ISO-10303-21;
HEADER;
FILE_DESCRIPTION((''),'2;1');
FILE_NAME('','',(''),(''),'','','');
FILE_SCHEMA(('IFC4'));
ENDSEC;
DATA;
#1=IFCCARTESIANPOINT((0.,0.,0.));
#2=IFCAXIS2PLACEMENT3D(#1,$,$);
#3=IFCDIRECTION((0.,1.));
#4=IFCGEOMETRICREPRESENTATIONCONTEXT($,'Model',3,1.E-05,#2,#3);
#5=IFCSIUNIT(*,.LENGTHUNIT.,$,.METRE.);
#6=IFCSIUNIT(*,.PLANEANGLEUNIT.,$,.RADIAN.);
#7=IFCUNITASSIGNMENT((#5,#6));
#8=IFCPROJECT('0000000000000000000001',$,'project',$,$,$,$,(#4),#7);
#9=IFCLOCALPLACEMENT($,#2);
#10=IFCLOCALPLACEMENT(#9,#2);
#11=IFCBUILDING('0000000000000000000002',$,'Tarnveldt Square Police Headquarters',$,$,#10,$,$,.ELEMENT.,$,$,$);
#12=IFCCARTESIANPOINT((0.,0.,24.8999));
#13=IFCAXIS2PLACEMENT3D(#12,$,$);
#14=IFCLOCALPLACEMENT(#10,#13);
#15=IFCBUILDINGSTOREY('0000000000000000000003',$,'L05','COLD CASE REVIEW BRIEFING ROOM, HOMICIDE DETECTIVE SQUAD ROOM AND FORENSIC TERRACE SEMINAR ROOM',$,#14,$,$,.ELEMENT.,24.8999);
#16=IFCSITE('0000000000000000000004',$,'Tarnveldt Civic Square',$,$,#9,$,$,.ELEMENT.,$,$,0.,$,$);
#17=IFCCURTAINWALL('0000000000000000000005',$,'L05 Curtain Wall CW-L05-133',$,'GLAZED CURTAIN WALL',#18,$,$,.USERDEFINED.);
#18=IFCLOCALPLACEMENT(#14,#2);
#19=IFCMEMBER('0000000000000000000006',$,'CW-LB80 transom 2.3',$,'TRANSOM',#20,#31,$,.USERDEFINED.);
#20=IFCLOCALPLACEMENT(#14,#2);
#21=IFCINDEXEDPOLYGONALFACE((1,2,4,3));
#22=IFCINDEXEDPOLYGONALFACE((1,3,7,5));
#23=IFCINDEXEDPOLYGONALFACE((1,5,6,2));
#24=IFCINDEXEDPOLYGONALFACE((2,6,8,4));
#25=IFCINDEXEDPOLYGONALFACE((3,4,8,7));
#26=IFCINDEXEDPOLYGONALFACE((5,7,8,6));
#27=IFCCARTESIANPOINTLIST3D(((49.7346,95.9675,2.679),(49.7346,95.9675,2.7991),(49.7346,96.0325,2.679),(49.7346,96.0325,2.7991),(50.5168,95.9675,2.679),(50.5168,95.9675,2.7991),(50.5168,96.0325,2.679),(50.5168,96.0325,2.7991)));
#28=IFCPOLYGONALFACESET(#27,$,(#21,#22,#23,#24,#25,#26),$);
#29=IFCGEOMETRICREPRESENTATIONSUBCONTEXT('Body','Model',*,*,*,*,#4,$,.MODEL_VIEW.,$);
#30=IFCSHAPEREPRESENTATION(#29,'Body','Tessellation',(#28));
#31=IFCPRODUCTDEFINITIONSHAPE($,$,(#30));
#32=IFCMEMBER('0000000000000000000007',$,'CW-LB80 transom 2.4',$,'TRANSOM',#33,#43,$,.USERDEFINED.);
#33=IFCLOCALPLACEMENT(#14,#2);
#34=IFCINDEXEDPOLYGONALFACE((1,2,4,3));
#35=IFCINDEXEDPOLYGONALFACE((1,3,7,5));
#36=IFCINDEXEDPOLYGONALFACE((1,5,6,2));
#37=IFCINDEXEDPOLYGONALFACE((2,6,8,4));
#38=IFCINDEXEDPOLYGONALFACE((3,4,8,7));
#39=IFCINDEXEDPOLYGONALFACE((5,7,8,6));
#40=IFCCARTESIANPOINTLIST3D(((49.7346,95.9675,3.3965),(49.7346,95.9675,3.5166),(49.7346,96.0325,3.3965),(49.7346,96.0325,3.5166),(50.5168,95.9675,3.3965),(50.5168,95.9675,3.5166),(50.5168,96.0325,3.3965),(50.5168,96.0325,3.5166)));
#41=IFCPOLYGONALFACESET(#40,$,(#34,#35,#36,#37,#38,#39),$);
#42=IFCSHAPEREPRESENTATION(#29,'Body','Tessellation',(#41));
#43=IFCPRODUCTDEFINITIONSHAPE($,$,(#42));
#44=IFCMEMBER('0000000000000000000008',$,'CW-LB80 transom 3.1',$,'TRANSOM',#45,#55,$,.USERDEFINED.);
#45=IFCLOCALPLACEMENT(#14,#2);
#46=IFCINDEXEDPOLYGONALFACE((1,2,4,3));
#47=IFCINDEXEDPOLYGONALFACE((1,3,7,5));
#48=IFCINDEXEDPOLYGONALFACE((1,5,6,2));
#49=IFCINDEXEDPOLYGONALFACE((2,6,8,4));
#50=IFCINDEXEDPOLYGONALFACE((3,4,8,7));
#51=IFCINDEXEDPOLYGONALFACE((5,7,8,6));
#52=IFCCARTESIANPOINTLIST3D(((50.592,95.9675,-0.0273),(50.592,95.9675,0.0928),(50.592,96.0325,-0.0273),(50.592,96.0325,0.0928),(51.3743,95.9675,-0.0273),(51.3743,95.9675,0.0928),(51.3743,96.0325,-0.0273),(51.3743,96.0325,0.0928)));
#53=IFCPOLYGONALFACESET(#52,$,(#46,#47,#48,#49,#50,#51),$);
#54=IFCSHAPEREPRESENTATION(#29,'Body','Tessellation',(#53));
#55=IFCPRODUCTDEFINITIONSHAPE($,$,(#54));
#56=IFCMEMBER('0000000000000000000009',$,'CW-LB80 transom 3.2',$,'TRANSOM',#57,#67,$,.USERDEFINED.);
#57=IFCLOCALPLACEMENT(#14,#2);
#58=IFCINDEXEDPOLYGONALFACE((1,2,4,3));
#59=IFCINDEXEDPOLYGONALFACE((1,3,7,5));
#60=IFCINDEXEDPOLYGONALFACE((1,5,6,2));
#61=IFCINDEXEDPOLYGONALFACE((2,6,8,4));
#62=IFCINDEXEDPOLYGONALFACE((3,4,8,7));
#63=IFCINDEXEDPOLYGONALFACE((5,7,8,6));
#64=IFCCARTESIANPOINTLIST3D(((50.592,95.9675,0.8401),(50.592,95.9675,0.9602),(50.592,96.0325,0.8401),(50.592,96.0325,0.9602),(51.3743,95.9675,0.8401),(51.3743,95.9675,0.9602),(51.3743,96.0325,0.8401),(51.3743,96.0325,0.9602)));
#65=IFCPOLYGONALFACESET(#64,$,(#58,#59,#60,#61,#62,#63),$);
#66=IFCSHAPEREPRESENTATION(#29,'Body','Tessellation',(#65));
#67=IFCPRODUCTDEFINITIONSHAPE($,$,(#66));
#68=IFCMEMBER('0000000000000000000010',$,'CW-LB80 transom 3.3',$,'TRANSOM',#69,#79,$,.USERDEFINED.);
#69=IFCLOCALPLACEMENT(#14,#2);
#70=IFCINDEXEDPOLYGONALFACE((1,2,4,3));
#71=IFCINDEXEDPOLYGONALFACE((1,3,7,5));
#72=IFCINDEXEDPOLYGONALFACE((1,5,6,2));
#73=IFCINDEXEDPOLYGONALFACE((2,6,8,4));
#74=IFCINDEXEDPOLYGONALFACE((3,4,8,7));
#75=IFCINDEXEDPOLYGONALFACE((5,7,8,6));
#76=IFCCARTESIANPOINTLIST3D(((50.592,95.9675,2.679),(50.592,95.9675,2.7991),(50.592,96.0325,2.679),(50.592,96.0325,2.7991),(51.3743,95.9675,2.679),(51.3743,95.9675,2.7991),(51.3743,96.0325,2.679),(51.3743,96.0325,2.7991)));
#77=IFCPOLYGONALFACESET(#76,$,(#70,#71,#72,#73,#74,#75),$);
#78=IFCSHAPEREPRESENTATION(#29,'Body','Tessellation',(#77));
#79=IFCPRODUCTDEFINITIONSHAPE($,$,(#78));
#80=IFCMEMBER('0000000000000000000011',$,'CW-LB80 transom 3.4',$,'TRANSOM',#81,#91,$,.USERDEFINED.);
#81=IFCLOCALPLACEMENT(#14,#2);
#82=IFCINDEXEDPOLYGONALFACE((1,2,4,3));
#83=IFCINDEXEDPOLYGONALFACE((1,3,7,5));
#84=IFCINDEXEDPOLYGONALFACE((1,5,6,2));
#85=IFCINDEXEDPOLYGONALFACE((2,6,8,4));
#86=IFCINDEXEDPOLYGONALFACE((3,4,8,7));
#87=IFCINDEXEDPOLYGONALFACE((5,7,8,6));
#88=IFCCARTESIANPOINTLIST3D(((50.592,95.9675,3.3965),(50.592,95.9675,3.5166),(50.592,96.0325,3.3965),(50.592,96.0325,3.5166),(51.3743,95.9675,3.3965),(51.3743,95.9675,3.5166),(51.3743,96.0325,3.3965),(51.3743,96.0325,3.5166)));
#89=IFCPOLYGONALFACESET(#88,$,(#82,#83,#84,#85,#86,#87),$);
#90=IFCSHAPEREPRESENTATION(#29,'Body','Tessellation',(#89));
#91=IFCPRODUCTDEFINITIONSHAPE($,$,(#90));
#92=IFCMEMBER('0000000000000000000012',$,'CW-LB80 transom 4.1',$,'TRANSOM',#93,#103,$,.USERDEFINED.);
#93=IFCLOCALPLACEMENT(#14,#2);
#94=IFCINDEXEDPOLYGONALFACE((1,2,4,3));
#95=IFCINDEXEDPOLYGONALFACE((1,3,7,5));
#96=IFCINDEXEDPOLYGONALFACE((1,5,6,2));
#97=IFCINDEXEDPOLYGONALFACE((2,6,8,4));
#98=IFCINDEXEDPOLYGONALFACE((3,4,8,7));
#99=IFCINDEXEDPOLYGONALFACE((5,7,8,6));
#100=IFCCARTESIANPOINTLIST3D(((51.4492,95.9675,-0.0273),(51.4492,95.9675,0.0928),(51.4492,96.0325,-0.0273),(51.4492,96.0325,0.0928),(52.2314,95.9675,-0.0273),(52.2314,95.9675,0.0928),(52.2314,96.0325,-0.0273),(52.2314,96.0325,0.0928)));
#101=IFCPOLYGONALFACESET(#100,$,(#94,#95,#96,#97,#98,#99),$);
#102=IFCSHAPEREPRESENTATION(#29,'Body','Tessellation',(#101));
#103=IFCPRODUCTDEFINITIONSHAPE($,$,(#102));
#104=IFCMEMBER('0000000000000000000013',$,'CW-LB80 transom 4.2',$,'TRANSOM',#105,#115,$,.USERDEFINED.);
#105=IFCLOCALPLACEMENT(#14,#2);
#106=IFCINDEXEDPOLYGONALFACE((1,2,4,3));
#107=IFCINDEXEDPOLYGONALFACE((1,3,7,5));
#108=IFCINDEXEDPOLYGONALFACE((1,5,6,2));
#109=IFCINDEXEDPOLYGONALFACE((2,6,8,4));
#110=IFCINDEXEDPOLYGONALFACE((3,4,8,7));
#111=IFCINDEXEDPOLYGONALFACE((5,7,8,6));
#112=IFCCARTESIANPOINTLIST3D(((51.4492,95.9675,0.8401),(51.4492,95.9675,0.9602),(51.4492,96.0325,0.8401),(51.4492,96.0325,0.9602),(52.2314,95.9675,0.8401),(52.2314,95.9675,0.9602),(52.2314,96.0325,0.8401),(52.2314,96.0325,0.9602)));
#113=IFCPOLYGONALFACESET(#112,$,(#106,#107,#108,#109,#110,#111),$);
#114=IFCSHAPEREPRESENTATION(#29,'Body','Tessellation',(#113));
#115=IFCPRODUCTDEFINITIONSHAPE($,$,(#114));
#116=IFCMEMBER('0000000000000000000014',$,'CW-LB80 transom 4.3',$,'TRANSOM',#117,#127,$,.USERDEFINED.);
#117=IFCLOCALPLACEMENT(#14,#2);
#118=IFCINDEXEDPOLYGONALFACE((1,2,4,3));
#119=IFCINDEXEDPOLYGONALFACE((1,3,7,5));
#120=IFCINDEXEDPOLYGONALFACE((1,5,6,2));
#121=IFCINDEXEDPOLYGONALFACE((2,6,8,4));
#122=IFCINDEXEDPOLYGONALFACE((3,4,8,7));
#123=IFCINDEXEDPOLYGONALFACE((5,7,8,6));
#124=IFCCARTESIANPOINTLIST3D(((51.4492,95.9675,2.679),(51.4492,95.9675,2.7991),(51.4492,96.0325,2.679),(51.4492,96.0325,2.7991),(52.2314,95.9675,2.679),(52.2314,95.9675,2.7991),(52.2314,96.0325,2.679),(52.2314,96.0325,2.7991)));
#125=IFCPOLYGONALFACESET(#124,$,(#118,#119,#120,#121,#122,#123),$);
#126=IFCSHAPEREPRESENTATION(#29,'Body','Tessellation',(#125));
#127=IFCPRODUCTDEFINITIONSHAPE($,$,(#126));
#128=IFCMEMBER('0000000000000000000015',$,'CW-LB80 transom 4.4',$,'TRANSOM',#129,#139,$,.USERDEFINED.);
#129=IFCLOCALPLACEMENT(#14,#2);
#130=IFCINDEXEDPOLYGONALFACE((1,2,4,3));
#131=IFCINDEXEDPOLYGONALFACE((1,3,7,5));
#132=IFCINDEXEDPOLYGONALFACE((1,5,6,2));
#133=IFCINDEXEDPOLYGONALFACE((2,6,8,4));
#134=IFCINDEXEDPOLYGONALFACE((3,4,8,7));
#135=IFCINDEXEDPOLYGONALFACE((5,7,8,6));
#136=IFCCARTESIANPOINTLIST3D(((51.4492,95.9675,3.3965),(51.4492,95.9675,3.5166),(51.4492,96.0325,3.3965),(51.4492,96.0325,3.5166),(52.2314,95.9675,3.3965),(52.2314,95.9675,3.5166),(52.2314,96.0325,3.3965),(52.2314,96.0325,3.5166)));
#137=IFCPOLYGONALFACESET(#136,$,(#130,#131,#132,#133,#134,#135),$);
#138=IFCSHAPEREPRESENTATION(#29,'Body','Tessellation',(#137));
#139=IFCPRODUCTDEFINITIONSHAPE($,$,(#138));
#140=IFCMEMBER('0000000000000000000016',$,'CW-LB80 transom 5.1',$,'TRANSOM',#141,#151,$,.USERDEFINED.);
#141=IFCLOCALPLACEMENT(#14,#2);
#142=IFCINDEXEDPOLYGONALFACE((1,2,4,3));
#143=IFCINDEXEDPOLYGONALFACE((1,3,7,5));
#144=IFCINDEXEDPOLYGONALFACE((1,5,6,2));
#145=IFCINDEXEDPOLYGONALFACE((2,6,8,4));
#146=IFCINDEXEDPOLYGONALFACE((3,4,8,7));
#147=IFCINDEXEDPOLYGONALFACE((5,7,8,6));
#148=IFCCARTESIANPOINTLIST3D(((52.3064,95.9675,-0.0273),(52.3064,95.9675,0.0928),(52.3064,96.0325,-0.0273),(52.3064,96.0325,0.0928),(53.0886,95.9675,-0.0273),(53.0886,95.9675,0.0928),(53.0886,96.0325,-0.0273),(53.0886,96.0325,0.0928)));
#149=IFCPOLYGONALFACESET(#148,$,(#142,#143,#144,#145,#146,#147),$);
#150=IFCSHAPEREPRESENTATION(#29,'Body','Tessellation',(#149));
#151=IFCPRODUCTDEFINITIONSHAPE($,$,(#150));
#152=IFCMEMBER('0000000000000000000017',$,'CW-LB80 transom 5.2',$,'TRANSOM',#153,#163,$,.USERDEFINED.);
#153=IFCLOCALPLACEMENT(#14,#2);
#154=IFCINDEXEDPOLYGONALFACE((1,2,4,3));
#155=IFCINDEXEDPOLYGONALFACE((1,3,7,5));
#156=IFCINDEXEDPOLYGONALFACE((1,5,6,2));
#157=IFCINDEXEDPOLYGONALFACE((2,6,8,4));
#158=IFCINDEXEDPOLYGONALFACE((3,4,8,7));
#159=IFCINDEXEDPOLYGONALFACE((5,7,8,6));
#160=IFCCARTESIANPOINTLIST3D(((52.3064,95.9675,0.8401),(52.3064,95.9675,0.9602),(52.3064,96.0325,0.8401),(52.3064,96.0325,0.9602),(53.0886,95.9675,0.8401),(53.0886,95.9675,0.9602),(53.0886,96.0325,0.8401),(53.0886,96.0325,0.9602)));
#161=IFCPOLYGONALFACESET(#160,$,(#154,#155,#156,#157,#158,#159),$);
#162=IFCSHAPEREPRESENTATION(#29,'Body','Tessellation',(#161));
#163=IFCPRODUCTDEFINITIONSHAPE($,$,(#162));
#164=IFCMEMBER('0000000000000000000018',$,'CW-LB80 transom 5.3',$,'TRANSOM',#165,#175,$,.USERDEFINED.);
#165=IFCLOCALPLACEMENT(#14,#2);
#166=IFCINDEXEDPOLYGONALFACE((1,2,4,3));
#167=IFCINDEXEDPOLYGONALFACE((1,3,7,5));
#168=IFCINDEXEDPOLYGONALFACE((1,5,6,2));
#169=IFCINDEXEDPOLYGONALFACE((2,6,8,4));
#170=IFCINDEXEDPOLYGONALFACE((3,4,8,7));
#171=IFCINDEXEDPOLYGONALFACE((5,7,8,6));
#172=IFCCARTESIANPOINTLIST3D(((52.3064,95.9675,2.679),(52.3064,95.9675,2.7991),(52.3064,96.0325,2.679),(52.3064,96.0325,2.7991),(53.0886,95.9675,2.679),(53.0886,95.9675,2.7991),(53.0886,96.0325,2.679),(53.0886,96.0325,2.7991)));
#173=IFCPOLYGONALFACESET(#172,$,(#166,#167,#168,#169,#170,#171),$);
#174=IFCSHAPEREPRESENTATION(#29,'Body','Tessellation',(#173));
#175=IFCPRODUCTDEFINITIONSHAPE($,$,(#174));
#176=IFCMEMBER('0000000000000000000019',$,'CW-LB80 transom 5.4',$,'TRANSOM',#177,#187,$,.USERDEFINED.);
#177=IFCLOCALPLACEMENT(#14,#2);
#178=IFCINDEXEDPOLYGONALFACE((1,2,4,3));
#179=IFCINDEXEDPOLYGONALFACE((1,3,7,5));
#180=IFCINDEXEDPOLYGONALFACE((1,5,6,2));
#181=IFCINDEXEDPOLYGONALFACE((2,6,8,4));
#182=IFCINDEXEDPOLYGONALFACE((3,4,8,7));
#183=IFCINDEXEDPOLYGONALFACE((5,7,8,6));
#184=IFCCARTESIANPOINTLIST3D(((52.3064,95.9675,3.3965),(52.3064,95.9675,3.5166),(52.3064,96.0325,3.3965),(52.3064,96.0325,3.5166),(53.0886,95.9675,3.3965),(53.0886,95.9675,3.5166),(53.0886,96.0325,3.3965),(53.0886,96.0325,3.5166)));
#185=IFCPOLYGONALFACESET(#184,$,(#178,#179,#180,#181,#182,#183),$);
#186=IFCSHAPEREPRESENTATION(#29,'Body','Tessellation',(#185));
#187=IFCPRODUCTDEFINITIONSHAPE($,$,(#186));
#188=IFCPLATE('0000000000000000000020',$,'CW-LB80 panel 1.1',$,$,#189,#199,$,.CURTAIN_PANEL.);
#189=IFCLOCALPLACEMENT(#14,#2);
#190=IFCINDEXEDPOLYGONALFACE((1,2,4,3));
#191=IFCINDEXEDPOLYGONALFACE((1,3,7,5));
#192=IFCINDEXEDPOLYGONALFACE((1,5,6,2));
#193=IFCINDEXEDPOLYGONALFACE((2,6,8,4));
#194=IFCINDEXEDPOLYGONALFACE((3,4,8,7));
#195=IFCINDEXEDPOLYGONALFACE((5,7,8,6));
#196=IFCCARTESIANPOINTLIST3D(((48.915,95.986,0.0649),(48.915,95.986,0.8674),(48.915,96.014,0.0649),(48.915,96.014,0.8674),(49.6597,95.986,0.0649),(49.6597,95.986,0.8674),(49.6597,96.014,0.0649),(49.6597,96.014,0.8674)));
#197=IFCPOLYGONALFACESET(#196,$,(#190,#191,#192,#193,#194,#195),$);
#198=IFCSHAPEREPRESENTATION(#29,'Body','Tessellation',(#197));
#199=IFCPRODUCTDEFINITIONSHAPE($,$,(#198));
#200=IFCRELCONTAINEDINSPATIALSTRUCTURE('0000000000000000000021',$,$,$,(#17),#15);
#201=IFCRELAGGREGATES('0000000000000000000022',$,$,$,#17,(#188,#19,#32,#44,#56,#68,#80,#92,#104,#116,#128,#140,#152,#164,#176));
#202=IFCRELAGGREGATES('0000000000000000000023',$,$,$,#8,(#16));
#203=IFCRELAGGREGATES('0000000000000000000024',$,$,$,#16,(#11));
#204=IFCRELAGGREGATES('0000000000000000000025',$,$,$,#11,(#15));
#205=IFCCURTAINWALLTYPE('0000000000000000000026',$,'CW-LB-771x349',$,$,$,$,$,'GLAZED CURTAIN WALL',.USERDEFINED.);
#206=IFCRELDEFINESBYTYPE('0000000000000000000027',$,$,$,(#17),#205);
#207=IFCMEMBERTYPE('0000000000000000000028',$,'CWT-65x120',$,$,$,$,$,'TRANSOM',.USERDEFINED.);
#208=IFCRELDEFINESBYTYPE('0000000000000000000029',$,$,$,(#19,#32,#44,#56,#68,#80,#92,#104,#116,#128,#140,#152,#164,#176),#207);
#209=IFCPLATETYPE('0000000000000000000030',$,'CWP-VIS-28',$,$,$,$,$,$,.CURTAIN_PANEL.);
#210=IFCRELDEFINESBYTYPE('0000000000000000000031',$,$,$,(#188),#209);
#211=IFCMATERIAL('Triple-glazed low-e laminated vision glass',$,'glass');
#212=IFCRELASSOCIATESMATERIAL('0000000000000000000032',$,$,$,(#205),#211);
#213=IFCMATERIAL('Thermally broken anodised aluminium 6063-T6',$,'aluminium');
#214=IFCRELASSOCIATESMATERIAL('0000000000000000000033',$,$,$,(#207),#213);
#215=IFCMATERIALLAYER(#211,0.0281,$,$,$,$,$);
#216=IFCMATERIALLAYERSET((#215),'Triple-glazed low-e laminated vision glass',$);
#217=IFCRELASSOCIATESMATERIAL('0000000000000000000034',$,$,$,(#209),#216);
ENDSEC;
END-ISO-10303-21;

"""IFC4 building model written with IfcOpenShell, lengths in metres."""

from ifc_helpers import new_model, si_unit, direction, frame, origin, origin_2d, place, context, subcontext, project, spatial, rectangle, extrude, material, layer, layer_set, material_profile, profile_set, type_object, element, aggregate, save


model = new_model("IFC4")

# Units and contexts
model_context = context("Model", 3, precision=1e-05, world=origin(), true_north=direction((0.0, 1.0)))
body_context = subcontext(model_context, "Body", "Model", "MODEL_VIEW")
ifc_project = project(units=[si_unit("LENGTHUNIT", "METRE"), si_unit("PLANEANGLEUNIT", "RADIAN")], contexts=[model_context])

# Site, building, storey
site_placement = place(None, origin())
site = spatial("IfcSite", under=ifc_project, at=site_placement, Name="Tarnveldt Civic Square", CompositionType="ELEMENT", RefElevation=0.0)
building_placement = place(site_placement, origin())
building = spatial("IfcBuilding", under=site, at=building_placement, Name="Tarnveldt Square Police Headquarters", CompositionType="ELEMENT")
storey_placement = place(building_placement, frame((0.0, 0.0, 24.8999)))
storey = spatial("IfcBuildingStorey", under=building, at=storey_placement, Name="L05", Description="COLD CASE REVIEW BRIEFING ROOM, HOMICIDE DETECTIVE SQUAD ROOM AND FORENSIC TERRACE SEMINAR ROOM", CompositionType="ELEMENT", Elevation=24.8999)

# Curtain wall, members, plate
ifc_material_1 = material(Name="Triple-glazed low-e laminated vision glass", Category="glass")
curtain_wall_type = type_object("IfcCurtainWallType", Name="CW-LB-771x349", ElementType="GLAZED CURTAIN WALL", PredefinedType="USERDEFINED", material=ifc_material_1)
curtain_wall_placement = place(storey_placement, origin())
curtain_wall = element("IfcCurtainWall", 1, at=curtain_wall_placement, inside=storey, type_object=curtain_wall_type, Name="L05 Curtain Wall CW-L05-133", ObjectType="GLAZED CURTAIN WALL", PredefinedType="USERDEFINED")
ifc_material_2 = material(Name="Thermally broken anodised aluminium 6063-T6", Category="aluminium")
ifc_material_profile_1 = material_profile(ifc_material_2, rectangle(XDim=0.0649, YDim=0.1201, at=origin_2d()), Name="CW-T65x120")
ifc_profile_set_1 = profile_set([ifc_material_profile_1], Name="Thermally broken anodised aluminium 6063-T6")
member_type_1 = type_object("IfcMemberType", Name="CWT-65x120", ElementType="TRANSOM", PredefinedType="USERDEFINED", material=ifc_profile_set_1)
member_1_placement = place(storey_placement, frame((49.7346, 96.0, 2.739), z_axis=(1.0, 0.0, 0.0), x_axis=(0.0, 1.0, 0.0)))
member_1 = element("IfcMember", 2, at=member_1_placement, type_object=member_type_1, Name="CW-LB80 transom 2.3", ObjectType="TRANSOM", PredefinedType="USERDEFINED", context=body_context, shape_type="SweptSolid", body=[
    extrude(rectangle(XDim=0.0649, YDim=0.1201, at=origin_2d()), origin(), (0.0, 0.0, 1.0), 0.7822),
])
member_2_placement = place(storey_placement, frame((49.7346, 96.0, 3.4565), z_axis=(1.0, 0.0, 0.0), x_axis=(0.0, 1.0, 0.0)))
member_2 = element("IfcMember", 3, at=member_2_placement, type_object=member_type_1, Name="CW-LB80 transom 2.4", ObjectType="TRANSOM", PredefinedType="USERDEFINED", context=body_context, shape_type="SweptSolid", body=[
    extrude(rectangle(XDim=0.0649, YDim=0.1201, at=origin_2d()), origin(), (0.0, 0.0, 1.0), 0.7822),
])
member_3_placement = place(storey_placement, frame((50.592, 96.0, 0.0327), z_axis=(1.0, 0.0, 0.0), x_axis=(0.0, 1.0, 0.0)))
member_3 = element("IfcMember", 4, at=member_3_placement, type_object=member_type_1, Name="CW-LB80 transom 3.1", ObjectType="TRANSOM", PredefinedType="USERDEFINED", context=body_context, shape_type="SweptSolid", body=[
    extrude(rectangle(XDim=0.0649, YDim=0.1201, at=origin_2d()), origin(), (0.0, 0.0, 1.0), 0.7822),
])
member_4_placement = place(storey_placement, frame((50.592, 96.0, 0.9001), z_axis=(1.0, 0.0, 0.0), x_axis=(0.0, 1.0, 0.0)))
member_4 = element("IfcMember", 5, at=member_4_placement, type_object=member_type_1, Name="CW-LB80 transom 3.2", ObjectType="TRANSOM", PredefinedType="USERDEFINED", context=body_context, shape_type="SweptSolid", body=[
    extrude(rectangle(XDim=0.0649, YDim=0.1201, at=origin_2d()), origin(), (0.0, 0.0, 1.0), 0.7822),
])
member_5_placement = place(storey_placement, frame((50.592, 96.0, 2.739), z_axis=(1.0, 0.0, 0.0), x_axis=(0.0, 1.0, 0.0)))
member_5 = element("IfcMember", 6, at=member_5_placement, type_object=member_type_1, Name="CW-LB80 transom 3.3", ObjectType="TRANSOM", PredefinedType="USERDEFINED", context=body_context, shape_type="SweptSolid", body=[
    extrude(rectangle(XDim=0.0649, YDim=0.1201, at=origin_2d()), origin(), (0.0, 0.0, 1.0), 0.7822),
])
member_6_placement = place(storey_placement, frame((50.592, 96.0, 3.4565), z_axis=(1.0, 0.0, 0.0), x_axis=(0.0, 1.0, 0.0)))
member_6 = element("IfcMember", 7, at=member_6_placement, type_object=member_type_1, Name="CW-LB80 transom 3.4", ObjectType="TRANSOM", PredefinedType="USERDEFINED", context=body_context, shape_type="SweptSolid", body=[
    extrude(rectangle(XDim=0.0649, YDim=0.1201, at=origin_2d()), origin(), (0.0, 0.0, 1.0), 0.7822),
])
member_7_placement = place(storey_placement, frame((51.4492, 96.0, 0.0327), z_axis=(1.0, 0.0, 0.0), x_axis=(0.0, 1.0, 0.0)))
member_7 = element("IfcMember", 8, at=member_7_placement, type_object=member_type_1, Name="CW-LB80 transom 4.1", ObjectType="TRANSOM", PredefinedType="USERDEFINED", context=body_context, shape_type="SweptSolid", body=[
    extrude(rectangle(XDim=0.0649, YDim=0.1201, at=origin_2d()), origin(), (0.0, 0.0, 1.0), 0.7822),
])
member_8_placement = place(storey_placement, frame((51.4492, 96.0, 0.9001), z_axis=(1.0, 0.0, 0.0), x_axis=(0.0, 1.0, 0.0)))
member_8 = element("IfcMember", 9, at=member_8_placement, type_object=member_type_1, Name="CW-LB80 transom 4.2", ObjectType="TRANSOM", PredefinedType="USERDEFINED", context=body_context, shape_type="SweptSolid", body=[
    extrude(rectangle(XDim=0.0649, YDim=0.1201, at=origin_2d()), origin(), (0.0, 0.0, 1.0), 0.7822),
])
member_9_placement = place(storey_placement, frame((51.4492, 96.0, 2.739), z_axis=(1.0, 0.0, 0.0), x_axis=(0.0, 1.0, 0.0)))
member_9 = element("IfcMember", 10, at=member_9_placement, type_object=member_type_1, Name="CW-LB80 transom 4.3", ObjectType="TRANSOM", PredefinedType="USERDEFINED", context=body_context, shape_type="SweptSolid", body=[
    extrude(rectangle(XDim=0.0649, YDim=0.1201, at=origin_2d()), origin(), (0.0, 0.0, 1.0), 0.7822),
])
member_10_placement = place(storey_placement, frame((51.4492, 96.0, 3.4565), z_axis=(1.0, 0.0, 0.0), x_axis=(0.0, 1.0, 0.0)))
member_10 = element("IfcMember", 11, at=member_10_placement, type_object=member_type_1, Name="CW-LB80 transom 4.4", ObjectType="TRANSOM", PredefinedType="USERDEFINED", context=body_context, shape_type="SweptSolid", body=[
    extrude(rectangle(XDim=0.0649, YDim=0.1201, at=origin_2d()), origin(), (0.0, 0.0, 1.0), 0.7822),
])
member_11_placement = place(storey_placement, frame((52.3064, 96.0, 0.0327), z_axis=(1.0, 0.0, 0.0), x_axis=(0.0, 1.0, 0.0)))
member_11 = element("IfcMember", 12, at=member_11_placement, type_object=member_type_1, Name="CW-LB80 transom 5.1", ObjectType="TRANSOM", PredefinedType="USERDEFINED", context=body_context, shape_type="SweptSolid", body=[
    extrude(rectangle(XDim=0.0649, YDim=0.1201, at=origin_2d()), origin(), (0.0, 0.0, 1.0), 0.7822),
])
member_12_placement = place(storey_placement, frame((52.3064, 96.0, 0.9001), z_axis=(1.0, 0.0, 0.0), x_axis=(0.0, 1.0, 0.0)))
member_12 = element("IfcMember", 13, at=member_12_placement, type_object=member_type_1, Name="CW-LB80 transom 5.2", ObjectType="TRANSOM", PredefinedType="USERDEFINED", context=body_context, shape_type="SweptSolid", body=[
    extrude(rectangle(XDim=0.0649, YDim=0.1201, at=origin_2d()), origin(), (0.0, 0.0, 1.0), 0.7822),
])
member_13_placement = place(storey_placement, frame((52.3064, 96.0, 2.739), z_axis=(1.0, 0.0, 0.0), x_axis=(0.0, 1.0, 0.0)))
member_13 = element("IfcMember", 14, at=member_13_placement, type_object=member_type_1, Name="CW-LB80 transom 5.3", ObjectType="TRANSOM", PredefinedType="USERDEFINED", context=body_context, shape_type="SweptSolid", body=[
    extrude(rectangle(XDim=0.0649, YDim=0.1201, at=origin_2d()), origin(), (0.0, 0.0, 1.0), 0.7822),
])
member_14_placement = place(storey_placement, frame((52.3064, 96.0, 3.4565), z_axis=(1.0, 0.0, 0.0), x_axis=(0.0, 1.0, 0.0)))
member_14 = element("IfcMember", 15, at=member_14_placement, type_object=member_type_1, Name="CW-LB80 transom 5.4", ObjectType="TRANSOM", PredefinedType="USERDEFINED", context=body_context, shape_type="SweptSolid", body=[
    extrude(rectangle(XDim=0.0649, YDim=0.1201, at=origin_2d()), origin(), (0.0, 0.0, 1.0), 0.7822),
])
ifc_layer = layer(ifc_material_1, 0.0281)
ifc_layer_set = layer_set([ifc_layer], Name="Triple-glazed low-e laminated vision glass")
plate_type = type_object("IfcPlateType", Name="CWP-VIS-28", PredefinedType="CURTAIN_PANEL", material=ifc_layer_set)
plate_1_placement = place(storey_placement, frame((49.2874, 96.0, 0.0649), z_axis=(0.0, 0.0, 1.0), x_axis=(1.0, 0.0, 0.0)))
plate_1 = element("IfcPlate", 16, at=plate_1_placement, type_object=plate_type, Name="CW-LB80 panel 1.1", PredefinedType="CURTAIN_PANEL", context=body_context, shape_type="SweptSolid", body=[
    extrude(rectangle(XDim=0.7446, YDim=0.0281, at=origin_2d()), origin(), (0.0, 0.0, 1.0), 0.8025),
])
aggregate(curtain_wall, [plate_1, member_1, member_2, member_3, member_4, member_5, member_6, member_7, member_8, member_9, member_10, member_11, member_12, member_13, member_14])

save(model, "model.ifc")
